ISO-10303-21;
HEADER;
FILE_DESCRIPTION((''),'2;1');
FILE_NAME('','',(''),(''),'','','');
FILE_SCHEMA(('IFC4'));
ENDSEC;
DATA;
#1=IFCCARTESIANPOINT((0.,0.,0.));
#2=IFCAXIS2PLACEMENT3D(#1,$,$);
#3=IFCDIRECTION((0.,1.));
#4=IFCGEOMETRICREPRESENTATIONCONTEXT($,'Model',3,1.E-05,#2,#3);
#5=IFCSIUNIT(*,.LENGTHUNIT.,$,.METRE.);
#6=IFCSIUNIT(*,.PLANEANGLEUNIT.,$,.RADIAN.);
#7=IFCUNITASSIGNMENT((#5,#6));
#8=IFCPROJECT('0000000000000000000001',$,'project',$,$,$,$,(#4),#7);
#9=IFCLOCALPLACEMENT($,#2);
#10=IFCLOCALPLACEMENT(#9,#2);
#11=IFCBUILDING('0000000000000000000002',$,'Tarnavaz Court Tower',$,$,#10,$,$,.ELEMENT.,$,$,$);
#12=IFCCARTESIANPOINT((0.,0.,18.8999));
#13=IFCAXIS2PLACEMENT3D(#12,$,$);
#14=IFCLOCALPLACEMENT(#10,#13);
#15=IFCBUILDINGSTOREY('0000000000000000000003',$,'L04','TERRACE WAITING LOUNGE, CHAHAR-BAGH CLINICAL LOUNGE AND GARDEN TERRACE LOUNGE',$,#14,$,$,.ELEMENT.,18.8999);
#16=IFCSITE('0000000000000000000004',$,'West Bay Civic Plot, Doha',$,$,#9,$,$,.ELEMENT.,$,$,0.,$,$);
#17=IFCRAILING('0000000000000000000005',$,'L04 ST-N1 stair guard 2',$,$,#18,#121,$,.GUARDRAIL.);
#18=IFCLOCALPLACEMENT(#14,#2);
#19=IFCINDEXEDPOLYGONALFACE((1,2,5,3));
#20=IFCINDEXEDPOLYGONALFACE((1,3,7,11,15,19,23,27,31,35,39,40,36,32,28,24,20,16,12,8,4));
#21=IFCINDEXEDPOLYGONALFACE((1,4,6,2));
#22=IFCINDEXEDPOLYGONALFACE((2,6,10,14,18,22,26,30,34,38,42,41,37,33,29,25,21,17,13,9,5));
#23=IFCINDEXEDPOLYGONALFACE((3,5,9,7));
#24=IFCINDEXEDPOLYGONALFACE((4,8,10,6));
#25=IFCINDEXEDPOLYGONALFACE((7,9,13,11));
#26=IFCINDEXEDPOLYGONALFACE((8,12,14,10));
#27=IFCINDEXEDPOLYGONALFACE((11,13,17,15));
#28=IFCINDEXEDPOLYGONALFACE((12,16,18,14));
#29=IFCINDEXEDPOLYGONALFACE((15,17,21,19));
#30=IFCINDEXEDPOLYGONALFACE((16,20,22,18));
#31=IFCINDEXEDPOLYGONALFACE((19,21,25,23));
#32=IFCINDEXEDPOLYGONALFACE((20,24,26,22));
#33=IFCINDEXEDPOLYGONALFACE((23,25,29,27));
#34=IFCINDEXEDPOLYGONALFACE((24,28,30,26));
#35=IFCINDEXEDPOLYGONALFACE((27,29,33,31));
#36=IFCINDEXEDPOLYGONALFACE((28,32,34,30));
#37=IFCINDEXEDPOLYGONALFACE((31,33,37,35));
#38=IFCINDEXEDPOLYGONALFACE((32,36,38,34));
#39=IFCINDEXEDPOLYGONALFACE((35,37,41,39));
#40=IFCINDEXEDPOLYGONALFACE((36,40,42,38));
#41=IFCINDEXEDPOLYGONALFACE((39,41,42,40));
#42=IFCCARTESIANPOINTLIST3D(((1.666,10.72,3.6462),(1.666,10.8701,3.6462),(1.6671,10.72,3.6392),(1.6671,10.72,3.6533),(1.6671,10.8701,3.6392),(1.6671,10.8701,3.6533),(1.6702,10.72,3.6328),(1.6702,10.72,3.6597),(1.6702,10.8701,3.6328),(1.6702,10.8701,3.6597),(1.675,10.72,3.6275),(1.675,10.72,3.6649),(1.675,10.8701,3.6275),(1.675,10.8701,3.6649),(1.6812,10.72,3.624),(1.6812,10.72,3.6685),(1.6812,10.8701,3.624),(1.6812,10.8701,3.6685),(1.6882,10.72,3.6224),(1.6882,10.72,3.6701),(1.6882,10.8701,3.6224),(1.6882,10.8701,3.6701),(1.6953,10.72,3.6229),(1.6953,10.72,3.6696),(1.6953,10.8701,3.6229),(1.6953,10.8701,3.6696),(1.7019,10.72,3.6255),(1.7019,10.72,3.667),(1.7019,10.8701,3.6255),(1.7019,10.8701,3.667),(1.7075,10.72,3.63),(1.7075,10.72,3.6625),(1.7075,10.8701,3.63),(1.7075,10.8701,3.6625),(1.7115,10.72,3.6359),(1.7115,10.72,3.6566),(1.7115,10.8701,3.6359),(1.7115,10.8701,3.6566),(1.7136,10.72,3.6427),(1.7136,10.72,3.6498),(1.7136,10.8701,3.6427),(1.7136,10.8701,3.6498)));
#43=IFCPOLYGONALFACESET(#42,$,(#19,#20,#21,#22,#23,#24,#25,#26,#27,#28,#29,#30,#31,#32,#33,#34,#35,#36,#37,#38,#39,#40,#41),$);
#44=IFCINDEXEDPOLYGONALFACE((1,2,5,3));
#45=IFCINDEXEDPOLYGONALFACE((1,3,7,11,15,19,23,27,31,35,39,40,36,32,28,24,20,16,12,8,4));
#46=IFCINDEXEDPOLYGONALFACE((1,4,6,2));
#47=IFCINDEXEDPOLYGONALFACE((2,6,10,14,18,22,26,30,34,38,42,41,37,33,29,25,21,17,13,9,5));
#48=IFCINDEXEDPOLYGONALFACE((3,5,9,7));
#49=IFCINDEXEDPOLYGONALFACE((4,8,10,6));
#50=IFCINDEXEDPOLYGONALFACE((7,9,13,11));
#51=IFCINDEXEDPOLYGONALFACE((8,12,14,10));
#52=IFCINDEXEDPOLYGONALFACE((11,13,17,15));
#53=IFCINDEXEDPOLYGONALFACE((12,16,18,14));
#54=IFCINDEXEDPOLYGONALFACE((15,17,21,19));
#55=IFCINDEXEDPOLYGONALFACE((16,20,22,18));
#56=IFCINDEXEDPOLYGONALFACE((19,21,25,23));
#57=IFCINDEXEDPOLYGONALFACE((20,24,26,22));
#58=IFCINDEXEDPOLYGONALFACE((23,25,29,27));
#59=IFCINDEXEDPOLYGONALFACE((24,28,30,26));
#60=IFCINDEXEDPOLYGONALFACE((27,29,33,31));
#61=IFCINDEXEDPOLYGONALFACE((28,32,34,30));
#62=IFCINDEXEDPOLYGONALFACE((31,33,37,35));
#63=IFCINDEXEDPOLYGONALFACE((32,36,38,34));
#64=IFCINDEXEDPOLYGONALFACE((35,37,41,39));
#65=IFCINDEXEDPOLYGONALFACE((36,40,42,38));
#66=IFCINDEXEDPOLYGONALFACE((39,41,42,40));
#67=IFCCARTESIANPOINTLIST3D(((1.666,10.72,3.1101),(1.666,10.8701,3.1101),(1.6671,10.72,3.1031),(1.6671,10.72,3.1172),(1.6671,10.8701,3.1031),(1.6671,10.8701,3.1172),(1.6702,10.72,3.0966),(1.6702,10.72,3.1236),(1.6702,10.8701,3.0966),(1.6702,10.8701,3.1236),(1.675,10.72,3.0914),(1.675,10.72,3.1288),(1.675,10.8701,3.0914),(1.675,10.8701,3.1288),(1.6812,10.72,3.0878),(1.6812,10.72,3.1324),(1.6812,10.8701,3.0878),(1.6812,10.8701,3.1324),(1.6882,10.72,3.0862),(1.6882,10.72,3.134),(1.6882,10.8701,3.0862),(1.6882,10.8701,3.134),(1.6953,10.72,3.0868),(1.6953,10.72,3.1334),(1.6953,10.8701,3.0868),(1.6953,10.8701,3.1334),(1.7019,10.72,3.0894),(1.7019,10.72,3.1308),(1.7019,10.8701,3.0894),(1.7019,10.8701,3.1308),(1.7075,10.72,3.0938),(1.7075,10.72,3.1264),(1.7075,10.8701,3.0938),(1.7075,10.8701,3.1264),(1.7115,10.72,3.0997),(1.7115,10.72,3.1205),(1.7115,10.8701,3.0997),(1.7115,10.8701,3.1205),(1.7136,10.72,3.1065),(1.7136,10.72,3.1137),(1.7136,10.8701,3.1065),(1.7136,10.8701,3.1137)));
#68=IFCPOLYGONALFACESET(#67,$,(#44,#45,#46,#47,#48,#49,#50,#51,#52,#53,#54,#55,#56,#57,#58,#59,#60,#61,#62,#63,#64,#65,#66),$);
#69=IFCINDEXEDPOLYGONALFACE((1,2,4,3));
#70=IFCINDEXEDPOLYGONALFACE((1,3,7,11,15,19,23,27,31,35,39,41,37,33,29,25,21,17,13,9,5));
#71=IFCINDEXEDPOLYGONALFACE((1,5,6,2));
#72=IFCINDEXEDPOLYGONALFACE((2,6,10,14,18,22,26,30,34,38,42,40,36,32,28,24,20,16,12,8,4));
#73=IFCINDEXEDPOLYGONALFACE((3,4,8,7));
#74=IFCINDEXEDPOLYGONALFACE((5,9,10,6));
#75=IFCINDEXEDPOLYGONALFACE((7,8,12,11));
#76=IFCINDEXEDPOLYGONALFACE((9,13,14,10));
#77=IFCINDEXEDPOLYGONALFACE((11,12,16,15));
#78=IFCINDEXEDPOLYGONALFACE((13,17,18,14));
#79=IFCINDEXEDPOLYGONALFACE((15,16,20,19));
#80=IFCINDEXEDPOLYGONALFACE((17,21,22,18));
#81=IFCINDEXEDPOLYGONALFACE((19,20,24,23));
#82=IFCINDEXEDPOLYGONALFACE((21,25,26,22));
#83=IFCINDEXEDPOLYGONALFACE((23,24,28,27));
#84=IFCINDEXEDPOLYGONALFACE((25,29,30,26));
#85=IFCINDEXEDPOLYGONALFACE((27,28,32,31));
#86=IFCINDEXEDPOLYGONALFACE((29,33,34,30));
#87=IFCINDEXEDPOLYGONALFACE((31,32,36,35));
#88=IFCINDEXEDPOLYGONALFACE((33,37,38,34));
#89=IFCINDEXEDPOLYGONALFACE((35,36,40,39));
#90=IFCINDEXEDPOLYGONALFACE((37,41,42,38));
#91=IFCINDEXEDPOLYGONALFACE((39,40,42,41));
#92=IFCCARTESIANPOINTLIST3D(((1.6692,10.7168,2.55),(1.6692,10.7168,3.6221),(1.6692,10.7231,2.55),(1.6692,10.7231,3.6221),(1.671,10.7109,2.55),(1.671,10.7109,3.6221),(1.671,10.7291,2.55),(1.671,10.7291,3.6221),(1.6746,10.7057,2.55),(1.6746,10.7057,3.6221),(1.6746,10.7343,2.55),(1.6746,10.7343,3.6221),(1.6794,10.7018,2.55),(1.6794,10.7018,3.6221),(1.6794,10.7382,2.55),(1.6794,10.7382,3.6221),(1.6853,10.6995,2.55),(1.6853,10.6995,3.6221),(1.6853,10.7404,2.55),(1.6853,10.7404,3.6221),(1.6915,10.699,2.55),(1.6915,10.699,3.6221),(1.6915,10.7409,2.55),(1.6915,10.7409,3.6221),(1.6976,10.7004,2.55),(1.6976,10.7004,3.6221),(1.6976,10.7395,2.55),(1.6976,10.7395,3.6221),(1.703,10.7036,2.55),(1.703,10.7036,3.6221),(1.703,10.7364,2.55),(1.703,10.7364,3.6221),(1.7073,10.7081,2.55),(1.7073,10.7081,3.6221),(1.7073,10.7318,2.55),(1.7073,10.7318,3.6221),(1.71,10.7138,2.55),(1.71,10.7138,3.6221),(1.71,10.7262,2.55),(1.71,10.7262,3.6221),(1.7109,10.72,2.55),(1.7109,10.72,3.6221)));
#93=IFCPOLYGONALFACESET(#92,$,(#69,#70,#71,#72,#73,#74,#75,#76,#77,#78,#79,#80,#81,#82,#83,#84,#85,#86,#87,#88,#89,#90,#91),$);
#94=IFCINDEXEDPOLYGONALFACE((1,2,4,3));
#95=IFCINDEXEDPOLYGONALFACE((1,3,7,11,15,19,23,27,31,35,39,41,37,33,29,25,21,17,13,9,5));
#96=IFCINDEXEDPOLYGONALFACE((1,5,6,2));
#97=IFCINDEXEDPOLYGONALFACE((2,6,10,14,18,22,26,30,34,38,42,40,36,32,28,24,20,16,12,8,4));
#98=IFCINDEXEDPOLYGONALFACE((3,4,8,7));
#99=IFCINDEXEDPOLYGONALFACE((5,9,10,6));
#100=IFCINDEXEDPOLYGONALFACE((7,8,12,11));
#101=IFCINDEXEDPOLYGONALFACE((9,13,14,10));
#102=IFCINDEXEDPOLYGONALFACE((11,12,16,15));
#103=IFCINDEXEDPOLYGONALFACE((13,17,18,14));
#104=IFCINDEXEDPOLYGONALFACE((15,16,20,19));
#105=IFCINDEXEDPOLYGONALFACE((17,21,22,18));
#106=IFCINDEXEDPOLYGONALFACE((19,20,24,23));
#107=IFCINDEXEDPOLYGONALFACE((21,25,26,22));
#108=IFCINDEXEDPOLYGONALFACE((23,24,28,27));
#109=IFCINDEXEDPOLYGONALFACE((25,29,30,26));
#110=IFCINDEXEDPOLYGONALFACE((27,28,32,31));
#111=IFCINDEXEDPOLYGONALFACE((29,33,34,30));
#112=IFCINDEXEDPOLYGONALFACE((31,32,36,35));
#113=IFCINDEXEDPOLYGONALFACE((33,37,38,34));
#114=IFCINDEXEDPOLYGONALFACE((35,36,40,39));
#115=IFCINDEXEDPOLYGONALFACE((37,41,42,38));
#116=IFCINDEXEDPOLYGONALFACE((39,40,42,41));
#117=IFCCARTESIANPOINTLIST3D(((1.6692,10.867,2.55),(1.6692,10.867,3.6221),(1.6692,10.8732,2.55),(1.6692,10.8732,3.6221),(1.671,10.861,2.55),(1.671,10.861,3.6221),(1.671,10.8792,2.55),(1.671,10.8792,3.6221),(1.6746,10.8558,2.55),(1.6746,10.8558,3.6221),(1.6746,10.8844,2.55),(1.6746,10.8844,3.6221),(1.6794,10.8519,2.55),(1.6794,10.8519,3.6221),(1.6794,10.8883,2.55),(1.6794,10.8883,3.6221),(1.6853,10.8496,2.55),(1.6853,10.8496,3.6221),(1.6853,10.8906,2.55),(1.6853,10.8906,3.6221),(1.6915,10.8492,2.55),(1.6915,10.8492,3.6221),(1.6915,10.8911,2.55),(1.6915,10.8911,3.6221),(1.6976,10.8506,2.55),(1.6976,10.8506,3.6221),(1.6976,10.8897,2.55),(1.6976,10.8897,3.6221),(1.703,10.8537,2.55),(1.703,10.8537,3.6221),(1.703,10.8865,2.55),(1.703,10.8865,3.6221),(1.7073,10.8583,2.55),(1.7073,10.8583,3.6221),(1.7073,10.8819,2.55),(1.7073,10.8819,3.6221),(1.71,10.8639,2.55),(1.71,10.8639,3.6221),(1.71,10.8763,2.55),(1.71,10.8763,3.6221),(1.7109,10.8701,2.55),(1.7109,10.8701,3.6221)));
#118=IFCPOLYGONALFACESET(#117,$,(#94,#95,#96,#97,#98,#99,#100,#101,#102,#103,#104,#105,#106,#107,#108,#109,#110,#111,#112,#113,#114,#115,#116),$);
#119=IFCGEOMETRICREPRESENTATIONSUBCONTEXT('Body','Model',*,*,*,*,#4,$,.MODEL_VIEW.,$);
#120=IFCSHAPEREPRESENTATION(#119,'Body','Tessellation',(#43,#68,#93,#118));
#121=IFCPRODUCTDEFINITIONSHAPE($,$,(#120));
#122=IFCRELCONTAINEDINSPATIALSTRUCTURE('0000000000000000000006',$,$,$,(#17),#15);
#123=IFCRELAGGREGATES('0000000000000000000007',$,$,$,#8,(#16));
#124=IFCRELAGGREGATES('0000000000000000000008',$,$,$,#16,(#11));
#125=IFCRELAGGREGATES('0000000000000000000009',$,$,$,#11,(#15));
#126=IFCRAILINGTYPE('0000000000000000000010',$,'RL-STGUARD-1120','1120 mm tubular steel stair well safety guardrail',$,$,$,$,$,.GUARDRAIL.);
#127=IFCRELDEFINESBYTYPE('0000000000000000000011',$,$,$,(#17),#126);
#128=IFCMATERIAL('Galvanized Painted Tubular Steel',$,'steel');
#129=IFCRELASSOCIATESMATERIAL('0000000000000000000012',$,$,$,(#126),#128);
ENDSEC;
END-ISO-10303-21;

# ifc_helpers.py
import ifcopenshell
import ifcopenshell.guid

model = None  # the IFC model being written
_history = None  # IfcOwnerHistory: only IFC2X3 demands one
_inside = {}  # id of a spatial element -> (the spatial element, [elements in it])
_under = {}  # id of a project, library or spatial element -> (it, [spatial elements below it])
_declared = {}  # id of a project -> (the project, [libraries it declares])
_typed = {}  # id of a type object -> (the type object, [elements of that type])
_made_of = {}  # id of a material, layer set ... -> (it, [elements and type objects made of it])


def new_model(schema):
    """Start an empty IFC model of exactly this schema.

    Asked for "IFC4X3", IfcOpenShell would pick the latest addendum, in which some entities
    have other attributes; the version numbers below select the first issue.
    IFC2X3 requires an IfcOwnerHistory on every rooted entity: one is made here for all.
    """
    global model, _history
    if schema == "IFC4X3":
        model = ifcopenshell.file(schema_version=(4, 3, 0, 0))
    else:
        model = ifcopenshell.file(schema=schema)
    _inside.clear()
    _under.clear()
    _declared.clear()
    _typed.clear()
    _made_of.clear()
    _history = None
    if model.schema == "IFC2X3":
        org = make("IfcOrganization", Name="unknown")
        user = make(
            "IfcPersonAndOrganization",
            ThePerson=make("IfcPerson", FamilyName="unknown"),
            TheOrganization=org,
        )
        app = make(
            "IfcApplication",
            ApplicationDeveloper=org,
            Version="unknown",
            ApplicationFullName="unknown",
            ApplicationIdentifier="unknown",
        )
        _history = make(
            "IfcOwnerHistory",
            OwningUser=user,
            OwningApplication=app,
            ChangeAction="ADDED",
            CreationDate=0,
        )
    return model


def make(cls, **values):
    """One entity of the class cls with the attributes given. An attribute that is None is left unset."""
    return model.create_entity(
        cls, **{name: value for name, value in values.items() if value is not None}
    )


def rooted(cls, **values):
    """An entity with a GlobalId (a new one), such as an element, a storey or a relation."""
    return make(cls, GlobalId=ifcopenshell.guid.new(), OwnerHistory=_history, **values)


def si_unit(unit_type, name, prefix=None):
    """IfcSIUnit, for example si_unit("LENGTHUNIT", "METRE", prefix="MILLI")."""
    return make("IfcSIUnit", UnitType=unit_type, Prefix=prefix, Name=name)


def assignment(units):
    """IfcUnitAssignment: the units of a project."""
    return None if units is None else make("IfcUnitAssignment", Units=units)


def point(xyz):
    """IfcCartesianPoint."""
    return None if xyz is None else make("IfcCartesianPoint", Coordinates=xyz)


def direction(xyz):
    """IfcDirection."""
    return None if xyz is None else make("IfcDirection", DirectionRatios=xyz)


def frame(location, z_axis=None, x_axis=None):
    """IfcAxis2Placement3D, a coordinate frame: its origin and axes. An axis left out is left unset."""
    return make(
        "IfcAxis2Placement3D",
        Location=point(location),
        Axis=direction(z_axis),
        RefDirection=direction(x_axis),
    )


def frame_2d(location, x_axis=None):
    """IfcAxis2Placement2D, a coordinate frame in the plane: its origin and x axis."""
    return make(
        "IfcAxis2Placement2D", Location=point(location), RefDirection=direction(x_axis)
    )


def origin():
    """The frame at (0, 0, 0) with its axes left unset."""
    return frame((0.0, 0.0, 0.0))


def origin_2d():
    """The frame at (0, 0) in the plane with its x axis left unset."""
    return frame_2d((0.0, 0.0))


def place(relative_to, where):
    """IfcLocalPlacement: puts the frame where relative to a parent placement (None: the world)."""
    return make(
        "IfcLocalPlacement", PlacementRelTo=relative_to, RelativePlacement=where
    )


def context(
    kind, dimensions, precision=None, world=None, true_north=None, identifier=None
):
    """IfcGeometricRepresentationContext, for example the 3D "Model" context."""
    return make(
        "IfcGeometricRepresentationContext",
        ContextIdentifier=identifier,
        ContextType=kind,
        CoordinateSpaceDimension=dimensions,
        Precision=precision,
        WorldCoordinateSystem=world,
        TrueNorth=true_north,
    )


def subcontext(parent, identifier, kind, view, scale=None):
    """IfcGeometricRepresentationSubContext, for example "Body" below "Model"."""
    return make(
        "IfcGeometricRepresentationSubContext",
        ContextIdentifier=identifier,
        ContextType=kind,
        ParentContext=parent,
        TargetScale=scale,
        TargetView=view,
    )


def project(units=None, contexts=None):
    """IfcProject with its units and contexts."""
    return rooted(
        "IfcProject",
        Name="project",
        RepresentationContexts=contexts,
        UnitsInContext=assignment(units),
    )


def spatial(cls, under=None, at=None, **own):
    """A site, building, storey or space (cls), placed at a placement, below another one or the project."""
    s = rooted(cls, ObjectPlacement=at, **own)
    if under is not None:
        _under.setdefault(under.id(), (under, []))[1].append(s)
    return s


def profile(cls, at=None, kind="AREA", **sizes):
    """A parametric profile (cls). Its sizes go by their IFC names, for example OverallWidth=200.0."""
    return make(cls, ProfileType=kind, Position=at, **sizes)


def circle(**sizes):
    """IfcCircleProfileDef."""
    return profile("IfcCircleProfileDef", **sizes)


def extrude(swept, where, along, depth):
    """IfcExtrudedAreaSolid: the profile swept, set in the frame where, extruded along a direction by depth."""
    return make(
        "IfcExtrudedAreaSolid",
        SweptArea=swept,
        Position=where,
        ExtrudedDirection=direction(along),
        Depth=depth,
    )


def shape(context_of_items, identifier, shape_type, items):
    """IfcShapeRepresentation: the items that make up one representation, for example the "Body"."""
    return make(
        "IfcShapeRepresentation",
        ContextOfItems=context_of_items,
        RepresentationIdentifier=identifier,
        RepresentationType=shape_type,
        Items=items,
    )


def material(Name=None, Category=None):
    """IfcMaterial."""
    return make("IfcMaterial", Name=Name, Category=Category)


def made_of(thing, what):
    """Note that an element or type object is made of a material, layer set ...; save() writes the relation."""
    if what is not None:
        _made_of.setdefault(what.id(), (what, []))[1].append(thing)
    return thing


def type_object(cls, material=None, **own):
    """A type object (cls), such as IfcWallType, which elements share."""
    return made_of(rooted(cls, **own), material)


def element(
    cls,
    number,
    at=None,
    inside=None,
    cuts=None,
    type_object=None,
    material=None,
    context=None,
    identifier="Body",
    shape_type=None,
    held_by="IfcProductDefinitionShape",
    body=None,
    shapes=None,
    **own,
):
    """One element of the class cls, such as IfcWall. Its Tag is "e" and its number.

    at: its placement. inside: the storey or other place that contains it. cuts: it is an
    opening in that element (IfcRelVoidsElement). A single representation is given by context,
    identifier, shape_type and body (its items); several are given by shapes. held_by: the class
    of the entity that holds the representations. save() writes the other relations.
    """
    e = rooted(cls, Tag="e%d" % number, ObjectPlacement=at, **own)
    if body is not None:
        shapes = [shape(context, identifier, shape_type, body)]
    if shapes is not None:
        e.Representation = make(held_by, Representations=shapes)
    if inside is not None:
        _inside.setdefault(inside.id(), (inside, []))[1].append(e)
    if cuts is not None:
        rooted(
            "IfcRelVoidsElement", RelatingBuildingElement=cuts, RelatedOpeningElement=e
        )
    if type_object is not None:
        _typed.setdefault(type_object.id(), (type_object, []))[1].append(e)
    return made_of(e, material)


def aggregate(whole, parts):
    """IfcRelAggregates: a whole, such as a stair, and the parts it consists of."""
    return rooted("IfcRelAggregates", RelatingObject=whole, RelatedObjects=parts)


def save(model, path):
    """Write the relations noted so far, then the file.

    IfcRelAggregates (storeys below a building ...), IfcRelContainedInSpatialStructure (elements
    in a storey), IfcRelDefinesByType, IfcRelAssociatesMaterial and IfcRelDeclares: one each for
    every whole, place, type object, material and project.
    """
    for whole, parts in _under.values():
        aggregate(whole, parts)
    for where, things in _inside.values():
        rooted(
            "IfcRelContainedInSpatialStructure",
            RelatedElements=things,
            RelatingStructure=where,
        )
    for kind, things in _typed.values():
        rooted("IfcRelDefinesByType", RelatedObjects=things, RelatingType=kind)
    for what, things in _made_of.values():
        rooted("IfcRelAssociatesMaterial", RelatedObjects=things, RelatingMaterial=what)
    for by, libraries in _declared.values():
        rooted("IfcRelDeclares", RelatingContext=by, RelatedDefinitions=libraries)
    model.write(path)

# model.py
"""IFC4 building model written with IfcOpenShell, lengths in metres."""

from ifc_helpers import new_model, si_unit, direction, frame, origin, origin_2d, place, context, subcontext, project, spatial, circle, extrude, material, type_object, element, save


model = new_model("IFC4")

# Units and contexts
model_context = context("Model", 3, precision=1e-05, world=origin(), true_north=direction((0.0, 1.0)))
body_context = subcontext(model_context, "Body", "Model", "MODEL_VIEW")
ifc_project = project(units=[si_unit("LENGTHUNIT", "METRE"), si_unit("PLANEANGLEUNIT", "RADIAN")], contexts=[model_context])

# Site, building, storey
site_placement = place(None, origin())
site = spatial("IfcSite", under=ifc_project, at=site_placement, Name="West Bay Civic Plot, Doha", CompositionType="ELEMENT", RefElevation=0.0)
building_placement = place(site_placement, origin())
building = spatial("IfcBuilding", under=site, at=building_placement, Name="Tarnavaz Court Tower", CompositionType="ELEMENT")
storey_placement = place(building_placement, frame((0.0, 0.0, 18.8999)))
storey = spatial("IfcBuildingStorey", under=building, at=storey_placement, Name="L04", Description="TERRACE WAITING LOUNGE, CHAHAR-BAGH CLINICAL LOUNGE AND GARDEN TERRACE LOUNGE", CompositionType="ELEMENT", Elevation=18.8999)

# Railing
ifc_material_1 = material(Name="Galvanized Painted Tubular Steel", Category="steel")
railing_type_1 = type_object("IfcRailingType", Name="RL-STGUARD-1120", Description="1120 mm tubular steel stair well safety guardrail", PredefinedType="GUARDRAIL", material=ifc_material_1)
railing_1_placement = place(storey_placement, frame((1.6899, 10.72, 2.55)))
element("IfcRailing", 1, at=railing_1_placement, inside=storey, type_object=railing_type_1, Name="L04 ST-N1 stair guard 2", PredefinedType="GUARDRAIL", context=body_context, shape_type="SweptSolid", body=[
    extrude(circle(Radius=0.0239, at=origin_2d()), frame((0.0, 0.0, 1.0962), z_axis=(0.0, 1.0, 0.0), x_axis=(-1.0, 0.0, 0.0)), (0.0, 0.0, 1.0), 0.1501),
    extrude(circle(Radius=0.0239, at=origin_2d()), frame((0.0, 0.0, 0.5601), z_axis=(0.0, 1.0, 0.0), x_axis=(-1.0, 0.0, 0.0)), (0.0, 0.0, 1.0), 0.1501),
    extrude(circle(Radius=0.021, at=origin_2d()), origin(), (0.0, 0.0, 1.0), 1.072),
    extrude(circle(Radius=0.021, at=origin_2d()), frame((0.0, 0.1501, 0.0)), (0.0, 0.0, 1.0), 1.072),
])

save(model, "model.ifc")
